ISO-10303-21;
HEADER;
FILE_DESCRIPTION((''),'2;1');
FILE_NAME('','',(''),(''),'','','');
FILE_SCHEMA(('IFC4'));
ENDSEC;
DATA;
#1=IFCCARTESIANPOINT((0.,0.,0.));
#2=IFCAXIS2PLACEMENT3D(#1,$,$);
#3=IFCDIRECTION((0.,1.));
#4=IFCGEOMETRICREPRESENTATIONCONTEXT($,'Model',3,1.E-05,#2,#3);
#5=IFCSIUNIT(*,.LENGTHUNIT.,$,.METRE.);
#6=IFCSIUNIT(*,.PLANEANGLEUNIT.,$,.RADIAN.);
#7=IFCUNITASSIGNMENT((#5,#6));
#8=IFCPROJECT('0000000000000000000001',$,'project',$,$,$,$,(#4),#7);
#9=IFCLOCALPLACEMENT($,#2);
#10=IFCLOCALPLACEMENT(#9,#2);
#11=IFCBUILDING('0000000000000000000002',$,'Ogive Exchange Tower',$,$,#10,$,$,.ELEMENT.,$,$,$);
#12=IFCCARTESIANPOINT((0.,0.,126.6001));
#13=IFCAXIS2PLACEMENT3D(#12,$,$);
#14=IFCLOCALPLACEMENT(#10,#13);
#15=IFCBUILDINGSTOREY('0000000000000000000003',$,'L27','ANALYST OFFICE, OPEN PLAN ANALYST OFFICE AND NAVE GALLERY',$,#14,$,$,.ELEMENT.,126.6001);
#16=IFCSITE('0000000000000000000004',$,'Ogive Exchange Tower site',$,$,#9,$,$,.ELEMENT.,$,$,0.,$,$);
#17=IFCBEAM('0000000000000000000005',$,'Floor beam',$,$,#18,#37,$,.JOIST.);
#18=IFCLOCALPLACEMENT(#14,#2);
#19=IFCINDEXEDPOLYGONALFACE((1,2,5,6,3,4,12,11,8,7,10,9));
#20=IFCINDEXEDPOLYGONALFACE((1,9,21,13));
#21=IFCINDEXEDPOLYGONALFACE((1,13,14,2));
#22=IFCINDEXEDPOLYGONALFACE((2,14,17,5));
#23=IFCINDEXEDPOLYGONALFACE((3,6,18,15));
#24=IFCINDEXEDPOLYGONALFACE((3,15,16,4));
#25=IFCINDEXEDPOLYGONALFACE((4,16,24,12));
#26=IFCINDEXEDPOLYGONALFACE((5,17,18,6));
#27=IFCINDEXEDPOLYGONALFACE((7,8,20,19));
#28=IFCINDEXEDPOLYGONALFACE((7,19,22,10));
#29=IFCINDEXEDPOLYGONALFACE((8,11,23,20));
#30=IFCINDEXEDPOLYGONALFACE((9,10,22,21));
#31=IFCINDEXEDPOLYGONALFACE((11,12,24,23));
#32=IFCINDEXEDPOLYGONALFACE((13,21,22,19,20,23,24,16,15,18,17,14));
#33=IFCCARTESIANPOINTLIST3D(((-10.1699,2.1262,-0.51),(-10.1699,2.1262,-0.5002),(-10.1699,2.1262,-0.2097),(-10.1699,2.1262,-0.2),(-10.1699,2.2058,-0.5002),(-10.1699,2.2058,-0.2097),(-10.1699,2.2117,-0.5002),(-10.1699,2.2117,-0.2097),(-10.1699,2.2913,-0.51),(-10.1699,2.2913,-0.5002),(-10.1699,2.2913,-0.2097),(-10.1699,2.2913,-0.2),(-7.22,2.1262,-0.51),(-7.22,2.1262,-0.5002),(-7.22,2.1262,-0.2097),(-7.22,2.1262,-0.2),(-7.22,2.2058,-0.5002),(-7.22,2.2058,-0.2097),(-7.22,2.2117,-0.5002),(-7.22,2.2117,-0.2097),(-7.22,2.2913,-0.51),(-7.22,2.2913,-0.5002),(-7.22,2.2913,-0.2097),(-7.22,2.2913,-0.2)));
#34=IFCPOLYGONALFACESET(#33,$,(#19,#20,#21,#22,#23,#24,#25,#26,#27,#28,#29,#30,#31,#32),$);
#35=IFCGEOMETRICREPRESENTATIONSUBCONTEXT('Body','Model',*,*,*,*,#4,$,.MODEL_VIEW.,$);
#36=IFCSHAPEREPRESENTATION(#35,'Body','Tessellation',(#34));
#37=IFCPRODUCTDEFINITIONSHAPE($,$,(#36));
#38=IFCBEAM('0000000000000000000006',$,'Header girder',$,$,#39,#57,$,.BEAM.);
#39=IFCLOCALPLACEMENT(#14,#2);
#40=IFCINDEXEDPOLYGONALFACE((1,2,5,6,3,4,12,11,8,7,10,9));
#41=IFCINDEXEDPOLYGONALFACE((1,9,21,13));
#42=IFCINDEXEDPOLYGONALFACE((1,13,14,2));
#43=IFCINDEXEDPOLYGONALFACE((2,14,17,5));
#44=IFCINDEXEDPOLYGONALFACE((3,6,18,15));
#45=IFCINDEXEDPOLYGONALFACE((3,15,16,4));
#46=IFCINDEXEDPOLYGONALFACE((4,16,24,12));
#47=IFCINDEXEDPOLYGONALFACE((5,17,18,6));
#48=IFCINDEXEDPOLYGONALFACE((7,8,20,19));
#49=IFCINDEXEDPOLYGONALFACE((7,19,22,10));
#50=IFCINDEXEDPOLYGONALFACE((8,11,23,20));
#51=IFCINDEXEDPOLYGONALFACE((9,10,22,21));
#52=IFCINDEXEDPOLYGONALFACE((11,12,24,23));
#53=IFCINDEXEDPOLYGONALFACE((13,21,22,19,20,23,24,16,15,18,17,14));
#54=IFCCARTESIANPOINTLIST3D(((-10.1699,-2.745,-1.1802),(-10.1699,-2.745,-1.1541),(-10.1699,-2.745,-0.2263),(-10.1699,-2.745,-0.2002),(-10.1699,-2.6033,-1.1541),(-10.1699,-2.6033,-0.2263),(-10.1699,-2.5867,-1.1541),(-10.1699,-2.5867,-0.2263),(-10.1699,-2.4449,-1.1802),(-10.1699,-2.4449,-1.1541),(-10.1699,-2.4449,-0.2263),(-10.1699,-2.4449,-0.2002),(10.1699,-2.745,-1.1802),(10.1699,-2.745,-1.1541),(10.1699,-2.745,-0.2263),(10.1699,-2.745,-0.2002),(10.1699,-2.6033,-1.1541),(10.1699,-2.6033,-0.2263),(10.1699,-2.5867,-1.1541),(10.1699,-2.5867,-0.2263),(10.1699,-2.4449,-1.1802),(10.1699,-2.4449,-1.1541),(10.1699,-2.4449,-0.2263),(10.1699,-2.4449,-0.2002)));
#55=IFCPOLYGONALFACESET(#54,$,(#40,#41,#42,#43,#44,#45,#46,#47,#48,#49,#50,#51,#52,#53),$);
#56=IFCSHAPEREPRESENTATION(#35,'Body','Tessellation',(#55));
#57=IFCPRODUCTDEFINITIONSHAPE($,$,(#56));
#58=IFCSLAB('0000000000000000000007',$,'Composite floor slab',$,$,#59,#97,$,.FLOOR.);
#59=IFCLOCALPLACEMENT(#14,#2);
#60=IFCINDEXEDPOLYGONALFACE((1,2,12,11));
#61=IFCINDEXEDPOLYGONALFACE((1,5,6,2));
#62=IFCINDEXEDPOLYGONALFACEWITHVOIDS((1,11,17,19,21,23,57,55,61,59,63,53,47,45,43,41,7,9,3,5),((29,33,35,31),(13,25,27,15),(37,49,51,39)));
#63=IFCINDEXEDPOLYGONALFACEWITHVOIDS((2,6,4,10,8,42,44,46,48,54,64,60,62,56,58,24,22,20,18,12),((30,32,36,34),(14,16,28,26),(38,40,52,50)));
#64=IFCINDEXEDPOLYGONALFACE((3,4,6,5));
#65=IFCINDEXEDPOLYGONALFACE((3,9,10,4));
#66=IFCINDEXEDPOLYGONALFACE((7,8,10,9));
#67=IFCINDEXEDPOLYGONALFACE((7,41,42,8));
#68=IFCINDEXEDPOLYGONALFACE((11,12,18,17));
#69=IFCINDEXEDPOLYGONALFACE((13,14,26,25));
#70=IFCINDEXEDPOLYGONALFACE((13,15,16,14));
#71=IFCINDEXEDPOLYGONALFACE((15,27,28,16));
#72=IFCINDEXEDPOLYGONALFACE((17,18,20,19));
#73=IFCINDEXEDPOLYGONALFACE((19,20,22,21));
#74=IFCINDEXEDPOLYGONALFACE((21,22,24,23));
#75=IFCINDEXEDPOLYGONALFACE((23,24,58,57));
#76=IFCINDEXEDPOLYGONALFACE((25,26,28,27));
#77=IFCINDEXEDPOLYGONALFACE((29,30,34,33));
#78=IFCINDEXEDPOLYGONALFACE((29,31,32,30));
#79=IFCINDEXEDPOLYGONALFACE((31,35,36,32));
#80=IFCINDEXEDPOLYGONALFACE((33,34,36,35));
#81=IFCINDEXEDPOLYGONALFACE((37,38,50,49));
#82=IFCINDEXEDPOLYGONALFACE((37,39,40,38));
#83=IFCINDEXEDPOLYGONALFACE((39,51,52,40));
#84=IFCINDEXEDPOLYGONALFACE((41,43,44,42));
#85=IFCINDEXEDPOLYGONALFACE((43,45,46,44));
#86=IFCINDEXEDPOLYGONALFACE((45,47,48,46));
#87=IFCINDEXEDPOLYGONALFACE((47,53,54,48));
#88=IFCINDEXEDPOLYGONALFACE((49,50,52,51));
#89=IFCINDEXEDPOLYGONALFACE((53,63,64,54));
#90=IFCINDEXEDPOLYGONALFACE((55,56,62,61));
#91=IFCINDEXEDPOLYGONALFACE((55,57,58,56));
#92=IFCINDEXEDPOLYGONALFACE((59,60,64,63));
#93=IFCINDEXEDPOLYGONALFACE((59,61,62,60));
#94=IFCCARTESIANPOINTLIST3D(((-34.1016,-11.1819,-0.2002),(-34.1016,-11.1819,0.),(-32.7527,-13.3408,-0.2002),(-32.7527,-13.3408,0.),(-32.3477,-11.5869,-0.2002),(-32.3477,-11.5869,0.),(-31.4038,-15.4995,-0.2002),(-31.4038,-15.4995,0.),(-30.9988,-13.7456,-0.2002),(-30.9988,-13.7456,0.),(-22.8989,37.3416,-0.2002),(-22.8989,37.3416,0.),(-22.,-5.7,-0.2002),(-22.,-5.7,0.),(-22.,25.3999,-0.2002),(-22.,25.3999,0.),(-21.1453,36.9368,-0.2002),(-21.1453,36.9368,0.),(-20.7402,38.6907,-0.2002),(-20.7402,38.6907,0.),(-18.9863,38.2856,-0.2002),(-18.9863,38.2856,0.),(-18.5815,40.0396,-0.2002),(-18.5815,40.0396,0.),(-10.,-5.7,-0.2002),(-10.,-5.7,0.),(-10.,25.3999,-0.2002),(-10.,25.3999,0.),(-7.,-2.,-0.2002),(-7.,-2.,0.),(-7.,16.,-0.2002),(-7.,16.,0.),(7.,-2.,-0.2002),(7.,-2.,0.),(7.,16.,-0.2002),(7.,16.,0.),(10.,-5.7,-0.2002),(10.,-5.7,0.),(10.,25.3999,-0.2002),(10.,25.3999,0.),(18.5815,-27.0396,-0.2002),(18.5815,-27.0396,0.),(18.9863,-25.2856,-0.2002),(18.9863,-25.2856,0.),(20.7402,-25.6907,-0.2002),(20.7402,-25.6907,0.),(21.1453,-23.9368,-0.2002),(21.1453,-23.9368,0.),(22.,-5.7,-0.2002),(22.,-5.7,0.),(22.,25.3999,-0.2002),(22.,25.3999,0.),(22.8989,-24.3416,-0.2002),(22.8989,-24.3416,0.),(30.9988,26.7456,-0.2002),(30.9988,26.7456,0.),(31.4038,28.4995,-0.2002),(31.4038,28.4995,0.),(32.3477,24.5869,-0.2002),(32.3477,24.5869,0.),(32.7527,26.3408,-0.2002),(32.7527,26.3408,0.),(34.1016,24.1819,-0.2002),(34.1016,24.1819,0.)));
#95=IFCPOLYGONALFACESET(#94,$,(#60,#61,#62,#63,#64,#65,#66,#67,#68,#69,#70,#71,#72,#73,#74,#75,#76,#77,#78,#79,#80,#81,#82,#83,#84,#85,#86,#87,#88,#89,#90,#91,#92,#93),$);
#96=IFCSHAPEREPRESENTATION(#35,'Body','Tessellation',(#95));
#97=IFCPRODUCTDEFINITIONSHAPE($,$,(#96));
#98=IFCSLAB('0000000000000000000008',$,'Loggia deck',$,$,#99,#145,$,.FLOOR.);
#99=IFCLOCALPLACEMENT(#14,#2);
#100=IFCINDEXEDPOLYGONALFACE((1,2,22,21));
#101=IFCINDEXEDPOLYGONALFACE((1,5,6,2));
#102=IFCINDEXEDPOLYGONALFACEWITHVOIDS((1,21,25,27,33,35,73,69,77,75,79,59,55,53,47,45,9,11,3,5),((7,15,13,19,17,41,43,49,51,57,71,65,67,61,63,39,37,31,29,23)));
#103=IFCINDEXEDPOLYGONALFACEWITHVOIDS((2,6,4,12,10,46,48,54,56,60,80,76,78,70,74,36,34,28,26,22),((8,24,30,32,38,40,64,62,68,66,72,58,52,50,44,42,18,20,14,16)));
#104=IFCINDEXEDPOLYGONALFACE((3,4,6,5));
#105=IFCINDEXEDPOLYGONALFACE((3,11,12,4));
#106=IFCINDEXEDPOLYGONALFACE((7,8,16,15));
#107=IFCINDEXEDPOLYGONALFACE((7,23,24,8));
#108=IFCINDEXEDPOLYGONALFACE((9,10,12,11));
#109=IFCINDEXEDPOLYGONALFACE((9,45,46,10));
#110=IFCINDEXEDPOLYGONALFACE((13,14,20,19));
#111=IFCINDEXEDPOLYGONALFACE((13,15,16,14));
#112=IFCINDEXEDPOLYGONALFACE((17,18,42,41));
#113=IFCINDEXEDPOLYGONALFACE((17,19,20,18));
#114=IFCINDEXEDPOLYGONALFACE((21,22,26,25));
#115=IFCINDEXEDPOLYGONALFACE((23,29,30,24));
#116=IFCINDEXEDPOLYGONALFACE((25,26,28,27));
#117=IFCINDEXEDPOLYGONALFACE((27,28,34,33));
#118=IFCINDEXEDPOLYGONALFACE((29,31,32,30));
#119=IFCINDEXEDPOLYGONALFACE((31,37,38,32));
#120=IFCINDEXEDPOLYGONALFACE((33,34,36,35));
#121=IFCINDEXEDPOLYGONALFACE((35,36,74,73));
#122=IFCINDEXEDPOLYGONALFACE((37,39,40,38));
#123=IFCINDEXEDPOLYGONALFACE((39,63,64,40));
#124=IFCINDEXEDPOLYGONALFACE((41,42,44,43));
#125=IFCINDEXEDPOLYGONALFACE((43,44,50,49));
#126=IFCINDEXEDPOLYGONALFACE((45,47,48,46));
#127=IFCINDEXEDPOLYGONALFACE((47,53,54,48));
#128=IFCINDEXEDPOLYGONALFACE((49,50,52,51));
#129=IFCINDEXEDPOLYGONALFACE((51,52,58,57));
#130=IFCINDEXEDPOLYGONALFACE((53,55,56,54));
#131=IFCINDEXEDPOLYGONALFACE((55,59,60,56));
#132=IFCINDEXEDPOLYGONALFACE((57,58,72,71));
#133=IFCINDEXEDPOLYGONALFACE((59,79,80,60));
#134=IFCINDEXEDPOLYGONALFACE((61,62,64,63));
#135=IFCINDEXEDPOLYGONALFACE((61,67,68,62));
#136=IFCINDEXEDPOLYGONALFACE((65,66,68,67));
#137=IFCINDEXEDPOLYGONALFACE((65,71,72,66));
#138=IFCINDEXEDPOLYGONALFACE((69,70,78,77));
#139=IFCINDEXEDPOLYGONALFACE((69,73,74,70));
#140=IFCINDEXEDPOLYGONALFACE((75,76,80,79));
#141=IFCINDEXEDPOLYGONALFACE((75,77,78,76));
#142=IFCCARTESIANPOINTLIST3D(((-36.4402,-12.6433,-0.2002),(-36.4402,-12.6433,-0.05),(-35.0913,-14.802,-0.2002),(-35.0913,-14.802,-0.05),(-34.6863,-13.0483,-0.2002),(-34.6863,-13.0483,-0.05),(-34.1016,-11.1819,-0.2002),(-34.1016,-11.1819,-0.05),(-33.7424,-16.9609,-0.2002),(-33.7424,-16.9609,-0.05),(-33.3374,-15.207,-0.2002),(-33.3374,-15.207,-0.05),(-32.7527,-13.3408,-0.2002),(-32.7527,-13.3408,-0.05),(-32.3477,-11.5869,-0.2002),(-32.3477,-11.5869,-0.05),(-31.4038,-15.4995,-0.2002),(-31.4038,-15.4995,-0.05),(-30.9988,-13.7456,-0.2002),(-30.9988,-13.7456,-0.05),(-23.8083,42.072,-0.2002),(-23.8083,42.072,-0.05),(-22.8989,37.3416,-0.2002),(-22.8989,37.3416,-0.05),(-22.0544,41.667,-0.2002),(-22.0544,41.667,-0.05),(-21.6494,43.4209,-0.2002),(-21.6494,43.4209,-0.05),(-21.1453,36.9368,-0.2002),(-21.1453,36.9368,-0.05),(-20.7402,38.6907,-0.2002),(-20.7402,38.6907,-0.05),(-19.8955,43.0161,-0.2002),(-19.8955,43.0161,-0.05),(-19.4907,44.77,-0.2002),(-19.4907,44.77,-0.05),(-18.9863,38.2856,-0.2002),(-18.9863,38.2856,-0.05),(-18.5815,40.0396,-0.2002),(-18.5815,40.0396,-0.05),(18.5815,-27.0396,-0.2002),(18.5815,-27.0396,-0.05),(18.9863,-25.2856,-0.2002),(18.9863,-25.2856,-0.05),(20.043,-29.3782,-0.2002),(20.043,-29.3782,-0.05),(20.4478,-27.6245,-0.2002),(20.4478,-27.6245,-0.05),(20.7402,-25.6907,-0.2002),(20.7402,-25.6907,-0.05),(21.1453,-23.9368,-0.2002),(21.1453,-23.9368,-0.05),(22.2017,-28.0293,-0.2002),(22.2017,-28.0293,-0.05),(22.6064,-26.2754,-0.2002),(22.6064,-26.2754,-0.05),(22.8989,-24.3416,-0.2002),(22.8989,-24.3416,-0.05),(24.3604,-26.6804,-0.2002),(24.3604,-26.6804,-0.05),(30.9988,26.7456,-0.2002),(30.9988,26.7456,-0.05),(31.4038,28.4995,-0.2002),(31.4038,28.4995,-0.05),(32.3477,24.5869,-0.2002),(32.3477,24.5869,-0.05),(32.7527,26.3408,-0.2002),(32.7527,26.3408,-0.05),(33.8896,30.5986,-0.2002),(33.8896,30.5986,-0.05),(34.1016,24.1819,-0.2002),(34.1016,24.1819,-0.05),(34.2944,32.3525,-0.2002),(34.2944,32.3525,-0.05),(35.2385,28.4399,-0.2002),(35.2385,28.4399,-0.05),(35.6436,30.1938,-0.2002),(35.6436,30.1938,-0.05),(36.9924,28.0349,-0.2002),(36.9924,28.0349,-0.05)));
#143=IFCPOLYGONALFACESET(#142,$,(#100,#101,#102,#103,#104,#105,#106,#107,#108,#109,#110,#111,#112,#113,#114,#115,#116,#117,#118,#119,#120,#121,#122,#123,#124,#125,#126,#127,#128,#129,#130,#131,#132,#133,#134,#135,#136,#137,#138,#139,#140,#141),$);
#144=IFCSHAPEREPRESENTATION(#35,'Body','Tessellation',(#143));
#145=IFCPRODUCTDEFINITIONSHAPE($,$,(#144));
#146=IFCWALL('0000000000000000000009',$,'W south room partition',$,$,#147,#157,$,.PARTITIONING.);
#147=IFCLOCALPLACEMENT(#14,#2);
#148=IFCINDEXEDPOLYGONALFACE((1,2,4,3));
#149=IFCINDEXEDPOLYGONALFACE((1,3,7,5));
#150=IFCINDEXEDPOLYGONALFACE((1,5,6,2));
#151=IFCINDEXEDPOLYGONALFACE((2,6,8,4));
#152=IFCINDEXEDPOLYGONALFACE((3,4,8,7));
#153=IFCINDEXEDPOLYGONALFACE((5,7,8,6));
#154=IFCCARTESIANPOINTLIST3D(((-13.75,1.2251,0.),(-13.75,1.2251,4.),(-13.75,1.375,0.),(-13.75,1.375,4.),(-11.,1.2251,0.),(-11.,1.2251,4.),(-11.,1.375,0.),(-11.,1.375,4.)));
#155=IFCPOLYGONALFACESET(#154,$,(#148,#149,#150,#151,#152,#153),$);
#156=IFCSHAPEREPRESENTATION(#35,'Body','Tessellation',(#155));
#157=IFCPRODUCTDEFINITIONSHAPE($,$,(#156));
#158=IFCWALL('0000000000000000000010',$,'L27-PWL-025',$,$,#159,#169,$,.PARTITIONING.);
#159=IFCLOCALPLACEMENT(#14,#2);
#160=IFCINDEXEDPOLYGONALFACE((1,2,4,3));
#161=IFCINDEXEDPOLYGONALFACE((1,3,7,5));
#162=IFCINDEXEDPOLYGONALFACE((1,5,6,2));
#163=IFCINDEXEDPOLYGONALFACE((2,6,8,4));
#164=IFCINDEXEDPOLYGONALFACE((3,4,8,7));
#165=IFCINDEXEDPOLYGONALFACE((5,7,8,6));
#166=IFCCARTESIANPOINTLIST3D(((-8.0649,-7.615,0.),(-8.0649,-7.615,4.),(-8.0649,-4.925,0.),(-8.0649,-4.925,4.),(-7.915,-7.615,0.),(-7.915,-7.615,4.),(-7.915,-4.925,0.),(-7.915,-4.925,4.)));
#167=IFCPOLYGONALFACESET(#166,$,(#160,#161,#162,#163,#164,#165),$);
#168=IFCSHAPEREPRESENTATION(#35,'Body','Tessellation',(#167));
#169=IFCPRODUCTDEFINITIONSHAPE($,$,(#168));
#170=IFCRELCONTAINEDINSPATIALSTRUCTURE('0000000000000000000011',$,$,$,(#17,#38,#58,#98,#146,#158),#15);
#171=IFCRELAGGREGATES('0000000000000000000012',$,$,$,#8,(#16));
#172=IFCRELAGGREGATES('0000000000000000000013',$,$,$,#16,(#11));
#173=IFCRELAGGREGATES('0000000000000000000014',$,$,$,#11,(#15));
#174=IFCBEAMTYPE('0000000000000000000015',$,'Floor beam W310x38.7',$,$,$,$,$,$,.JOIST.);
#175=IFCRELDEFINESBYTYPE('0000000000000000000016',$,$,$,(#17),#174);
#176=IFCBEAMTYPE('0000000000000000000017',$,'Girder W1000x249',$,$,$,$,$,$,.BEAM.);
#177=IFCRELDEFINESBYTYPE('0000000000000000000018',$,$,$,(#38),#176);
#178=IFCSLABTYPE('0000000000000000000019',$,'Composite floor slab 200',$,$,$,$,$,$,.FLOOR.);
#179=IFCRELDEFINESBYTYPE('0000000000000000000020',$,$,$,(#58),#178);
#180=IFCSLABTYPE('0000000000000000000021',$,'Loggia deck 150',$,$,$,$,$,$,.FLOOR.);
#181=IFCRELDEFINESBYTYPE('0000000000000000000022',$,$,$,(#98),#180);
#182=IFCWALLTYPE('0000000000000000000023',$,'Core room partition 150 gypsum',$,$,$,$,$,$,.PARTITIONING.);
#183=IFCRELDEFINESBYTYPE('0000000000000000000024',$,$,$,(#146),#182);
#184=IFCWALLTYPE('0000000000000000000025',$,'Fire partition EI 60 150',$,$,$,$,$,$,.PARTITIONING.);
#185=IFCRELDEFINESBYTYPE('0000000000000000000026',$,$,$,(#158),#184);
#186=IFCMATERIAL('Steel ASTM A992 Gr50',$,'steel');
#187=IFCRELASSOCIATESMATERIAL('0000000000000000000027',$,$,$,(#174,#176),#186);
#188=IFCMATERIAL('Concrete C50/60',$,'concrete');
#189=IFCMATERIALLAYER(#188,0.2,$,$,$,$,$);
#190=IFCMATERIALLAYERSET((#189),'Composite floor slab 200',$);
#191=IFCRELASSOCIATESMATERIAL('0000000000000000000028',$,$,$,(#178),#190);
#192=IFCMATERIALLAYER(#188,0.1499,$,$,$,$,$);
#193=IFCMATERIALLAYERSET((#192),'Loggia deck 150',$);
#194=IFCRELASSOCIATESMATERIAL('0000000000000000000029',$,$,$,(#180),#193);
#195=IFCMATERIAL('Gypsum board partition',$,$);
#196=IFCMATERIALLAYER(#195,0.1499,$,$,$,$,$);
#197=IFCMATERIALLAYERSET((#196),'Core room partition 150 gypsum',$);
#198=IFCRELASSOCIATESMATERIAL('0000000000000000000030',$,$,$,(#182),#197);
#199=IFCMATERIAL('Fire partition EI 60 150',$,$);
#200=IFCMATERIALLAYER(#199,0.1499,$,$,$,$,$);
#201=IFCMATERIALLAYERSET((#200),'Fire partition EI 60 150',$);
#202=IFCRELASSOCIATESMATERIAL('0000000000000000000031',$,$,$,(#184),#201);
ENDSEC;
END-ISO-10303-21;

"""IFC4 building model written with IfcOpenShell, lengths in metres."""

from ifc_helpers import new_model, si_unit, direction, frame, frame_2d, origin, origin_2d, place, context, subcontext, project, spatial, polyline, rectangle, i_section, outline, extrude, material, layer, layer_set, material_profile, profile_set, type_object, element, save


model = new_model("IFC4")

# Units and contexts
model_context = context("Model", 3, precision=1e-05, world=origin(), true_north=direction((0.0, 1.0)))
body_context = subcontext(model_context, "Body", "Model", "MODEL_VIEW")
ifc_project = project(units=[si_unit("LENGTHUNIT", "METRE"), si_unit("PLANEANGLEUNIT", "RADIAN")], contexts=[model_context])

# Site, building, storey
site_placement = place(None, origin())
site = spatial("IfcSite", under=ifc_project, at=site_placement, Name="Ogive Exchange Tower site", CompositionType="ELEMENT", RefElevation=0.0)
building_placement = place(site_placement, origin())
building = spatial("IfcBuilding", under=site, at=building_placement, Name="Ogive Exchange Tower", CompositionType="ELEMENT")
storey_placement = place(building_placement, frame((0.0, 0.0, 126.6001)))
storey = spatial("IfcBuildingStorey", under=building, at=storey_placement, Name="L27", Description="ANALYST OFFICE, OPEN PLAN ANALYST OFFICE AND NAVE GALLERY", CompositionType="ELEMENT", Elevation=126.6001)

# Beams
ifc_material_1 = material(Name="Steel ASTM A992 Gr50", Category="steel")
ifc_material_profile_1 = material_profile(ifc_material_1, i_section(OverallWidth=0.165, OverallDepth=0.3101, WebThickness=0.0059, FlangeThickness=0.0098, at=origin_2d()), Name="W310x38.7")
ifc_profile_set_1 = profile_set([ifc_material_profile_1], Name="Steel ASTM A992 Gr50")
beam_type_1 = type_object("IfcBeamType", Name="Floor beam W310x38.7", PredefinedType="JOIST", material=ifc_profile_set_1)
beam_1_placement = place(storey_placement, frame((-10.1699, 2.2087, -0.355), z_axis=(1.0, 0.0, 0.0), x_axis=(0.0, 1.0, 0.0)))
element("IfcBeam", 1, at=beam_1_placement, inside=storey, type_object=beam_type_1, Name="Floor beam", PredefinedType="JOIST", context=body_context, shape_type="SweptSolid", body=[
    extrude(i_section(OverallWidth=0.165, OverallDepth=0.3101, WebThickness=0.0059, FlangeThickness=0.0098, at=origin_2d()), origin(), (0.0, 0.0, 1.0), 2.95),
])
ifc_material_profile_2 = material_profile(ifc_material_1, i_section(OverallWidth=0.3, OverallDepth=0.98, WebThickness=0.0166, FlangeThickness=0.0261, at=origin_2d()), Name="W1000x249")
ifc_profile_set_2 = profile_set([ifc_material_profile_2], Name="Steel ASTM A992 Gr50")
beam_type_2 = type_object("IfcBeamType", Name="Girder W1000x249", PredefinedType="BEAM", material=ifc_profile_set_2)
beam_2_placement = place(storey_placement, frame((-10.1699, -2.595, -0.6902), z_axis=(1.0, 0.0, 0.0), x_axis=(0.0, 1.0, 0.0)))
element("IfcBeam", 2, at=beam_2_placement, inside=storey, type_object=beam_type_2, Name="Header girder", PredefinedType="BEAM", context=body_context, shape_type="SweptSolid", body=[
    extrude(i_section(OverallWidth=0.3, OverallDepth=0.98, WebThickness=0.0166, FlangeThickness=0.0261, at=origin_2d()), origin(), (0.0, 0.0, 1.0), 20.3398),
])

# Slabs
ifc_material_2 = material(Name="Concrete C50/60", Category="concrete")
ifc_layer_1 = layer(ifc_material_2, 0.2)
ifc_layer_set_1 = layer_set([ifc_layer_1], Name="Composite floor slab 200")
slab_type_1 = type_object("IfcSlabType", Name="Composite floor slab 200", PredefinedType="FLOOR", material=ifc_layer_set_1)
slab_1_placement = place(storey_placement, frame((0.0, 0.0, -0.2002)))
element("IfcSlab", 3, at=slab_1_placement, inside=storey, type_object=slab_type_1, Name="Composite floor slab", PredefinedType="FLOOR", context=body_context, shape_type="SweptSolid", body=[
    extrude(outline(polyline([(-30.9988, -13.7456), (-32.7527, -13.3408), (-32.3477, -11.5869), (-34.1016, -11.1819), (-22.8989, 37.3416), (-21.1453, 36.9368), (-20.7402, 38.6907), (-18.9863, 38.2856), (-18.5815, 40.0396), (31.4038, 28.4995), (30.9988, 26.7456), (32.7527, 26.3408), (32.3477, 24.5869), (34.1016, 24.1819), (22.8989, -24.3416), (21.1453, -23.9368), (20.7402, -25.6907), (18.9863, -25.2856), (18.5815, -27.0396), (-31.4038, -15.4995), (-30.9988, -13.7456)]), holes=[polyline([(7.0, -2.0), (7.0, 16.0), (-7.0, 16.0), (-7.0, -2.0), (7.0, -2.0)]), polyline([(-22.0, -5.7), (-10.0, -5.7), (-10.0, 25.3999), (-22.0, 25.3999), (-22.0, -5.7)]), polyline([(10.0, -5.7), (22.0, -5.7), (22.0, 25.3999), (10.0, 25.3999), (10.0, -5.7)])]), origin(), (0.0, 0.0, 1.0), 0.2002),
])
ifc_layer_2 = layer(ifc_material_2, 0.1499)
ifc_layer_set_2 = layer_set([ifc_layer_2], Name="Loggia deck 150")
slab_type_2 = type_object("IfcSlabType", Name="Loggia deck 150", PredefinedType="FLOOR", material=ifc_layer_set_2)
slab_2_placement = place(storey_placement, frame((0.0, 0.0, -0.2002)))
element("IfcSlab", 4, at=slab_2_placement, inside=storey, type_object=slab_type_2, Name="Loggia deck", PredefinedType="FLOOR", context=body_context, shape_type="SweptSolid", body=[
    extrude(outline(polyline([(-33.3374, -15.207), (-35.0913, -14.802), (-34.6863, -13.0483), (-36.4402, -12.6433), (-23.8083, 42.072), (-22.0544, 41.667), (-21.6494, 43.4209), (-19.8955, 43.0161), (-19.4907, 44.77), (34.2944, 32.3525), (33.8896, 30.5986), (35.6436, 30.1938), (35.2385, 28.4399), (36.9924, 28.0349), (24.3604, -26.6804), (22.6064, -26.2754), (22.2017, -28.0293), (20.4478, -27.6245), (20.043, -29.3782), (-33.7424, -16.9609), (-33.3374, -15.207)]), holes=[polyline([(18.9863, -25.2856), (20.7402, -25.6907), (21.1453, -23.9368), (22.8989, -24.3416), (34.1016, 24.1819), (32.3477, 24.5869), (32.7527, 26.3408), (30.9988, 26.7456), (31.4038, 28.4995), (-18.5815, 40.0396), (-18.9863, 38.2856), (-20.7402, 38.6907), (-21.1453, 36.9368), (-22.8989, 37.3416), (-34.1016, -11.1819), (-32.3477, -11.5869), (-32.7527, -13.3408), (-30.9988, -13.7456), (-31.4038, -15.4995), (18.5815, -27.0396), (18.9863, -25.2856)])]), origin(), (0.0, 0.0, 1.0), 0.1501),
])

# Walls
ifc_material_3 = material(Name="Gypsum board partition")
ifc_layer_3 = layer(ifc_material_3, 0.1499)
ifc_layer_set_3 = layer_set([ifc_layer_3], Name="Core room partition 150 gypsum")
wall_type_1 = type_object("IfcWallType", Name="Core room partition 150 gypsum", PredefinedType="PARTITIONING", material=ifc_layer_set_3)
wall_1_placement = place(storey_placement, frame((-13.75, 1.3, 0.0), z_axis=(0.0, 0.0, 1.0), x_axis=(1.0, 0.0, 0.0)))
element("IfcWall", 5, at=wall_1_placement, inside=storey, type_object=wall_type_1, Name="W south room partition", PredefinedType="PARTITIONING", context=body_context, shape_type="SweptSolid", body=[
    extrude(rectangle(XDim=2.75, YDim=0.1499, at=frame_2d((1.375, 0.0))), origin(), (0.0, 0.0, 1.0), 4.0),
])
ifc_material_4 = material(Name="Fire partition EI 60 150")
ifc_layer_4 = layer(ifc_material_4, 0.1499)
ifc_layer_set_4 = layer_set([ifc_layer_4], Name="Fire partition EI 60 150")
wall_type_2 = type_object("IfcWallType", Name="Fire partition EI 60 150", PredefinedType="PARTITIONING", material=ifc_layer_set_4)
wall_2_placement = place(storey_placement, frame((-7.99, -4.925, 0.0), z_axis=(0.0, 0.0, 1.0), x_axis=(0.0, -1.0, 0.0)))
element("IfcWall", 6, at=wall_2_placement, inside=storey, type_object=wall_type_2, Name="L27-PWL-025", PredefinedType="PARTITIONING", context=body_context, shape_type="SweptSolid", body=[
    extrude(rectangle(XDim=2.6899, YDim=0.1499, at=frame_2d((1.345, 0.0))), origin(), (0.0, 0.0, 1.0), 4.0),
])

save(model, "model.ifc")
